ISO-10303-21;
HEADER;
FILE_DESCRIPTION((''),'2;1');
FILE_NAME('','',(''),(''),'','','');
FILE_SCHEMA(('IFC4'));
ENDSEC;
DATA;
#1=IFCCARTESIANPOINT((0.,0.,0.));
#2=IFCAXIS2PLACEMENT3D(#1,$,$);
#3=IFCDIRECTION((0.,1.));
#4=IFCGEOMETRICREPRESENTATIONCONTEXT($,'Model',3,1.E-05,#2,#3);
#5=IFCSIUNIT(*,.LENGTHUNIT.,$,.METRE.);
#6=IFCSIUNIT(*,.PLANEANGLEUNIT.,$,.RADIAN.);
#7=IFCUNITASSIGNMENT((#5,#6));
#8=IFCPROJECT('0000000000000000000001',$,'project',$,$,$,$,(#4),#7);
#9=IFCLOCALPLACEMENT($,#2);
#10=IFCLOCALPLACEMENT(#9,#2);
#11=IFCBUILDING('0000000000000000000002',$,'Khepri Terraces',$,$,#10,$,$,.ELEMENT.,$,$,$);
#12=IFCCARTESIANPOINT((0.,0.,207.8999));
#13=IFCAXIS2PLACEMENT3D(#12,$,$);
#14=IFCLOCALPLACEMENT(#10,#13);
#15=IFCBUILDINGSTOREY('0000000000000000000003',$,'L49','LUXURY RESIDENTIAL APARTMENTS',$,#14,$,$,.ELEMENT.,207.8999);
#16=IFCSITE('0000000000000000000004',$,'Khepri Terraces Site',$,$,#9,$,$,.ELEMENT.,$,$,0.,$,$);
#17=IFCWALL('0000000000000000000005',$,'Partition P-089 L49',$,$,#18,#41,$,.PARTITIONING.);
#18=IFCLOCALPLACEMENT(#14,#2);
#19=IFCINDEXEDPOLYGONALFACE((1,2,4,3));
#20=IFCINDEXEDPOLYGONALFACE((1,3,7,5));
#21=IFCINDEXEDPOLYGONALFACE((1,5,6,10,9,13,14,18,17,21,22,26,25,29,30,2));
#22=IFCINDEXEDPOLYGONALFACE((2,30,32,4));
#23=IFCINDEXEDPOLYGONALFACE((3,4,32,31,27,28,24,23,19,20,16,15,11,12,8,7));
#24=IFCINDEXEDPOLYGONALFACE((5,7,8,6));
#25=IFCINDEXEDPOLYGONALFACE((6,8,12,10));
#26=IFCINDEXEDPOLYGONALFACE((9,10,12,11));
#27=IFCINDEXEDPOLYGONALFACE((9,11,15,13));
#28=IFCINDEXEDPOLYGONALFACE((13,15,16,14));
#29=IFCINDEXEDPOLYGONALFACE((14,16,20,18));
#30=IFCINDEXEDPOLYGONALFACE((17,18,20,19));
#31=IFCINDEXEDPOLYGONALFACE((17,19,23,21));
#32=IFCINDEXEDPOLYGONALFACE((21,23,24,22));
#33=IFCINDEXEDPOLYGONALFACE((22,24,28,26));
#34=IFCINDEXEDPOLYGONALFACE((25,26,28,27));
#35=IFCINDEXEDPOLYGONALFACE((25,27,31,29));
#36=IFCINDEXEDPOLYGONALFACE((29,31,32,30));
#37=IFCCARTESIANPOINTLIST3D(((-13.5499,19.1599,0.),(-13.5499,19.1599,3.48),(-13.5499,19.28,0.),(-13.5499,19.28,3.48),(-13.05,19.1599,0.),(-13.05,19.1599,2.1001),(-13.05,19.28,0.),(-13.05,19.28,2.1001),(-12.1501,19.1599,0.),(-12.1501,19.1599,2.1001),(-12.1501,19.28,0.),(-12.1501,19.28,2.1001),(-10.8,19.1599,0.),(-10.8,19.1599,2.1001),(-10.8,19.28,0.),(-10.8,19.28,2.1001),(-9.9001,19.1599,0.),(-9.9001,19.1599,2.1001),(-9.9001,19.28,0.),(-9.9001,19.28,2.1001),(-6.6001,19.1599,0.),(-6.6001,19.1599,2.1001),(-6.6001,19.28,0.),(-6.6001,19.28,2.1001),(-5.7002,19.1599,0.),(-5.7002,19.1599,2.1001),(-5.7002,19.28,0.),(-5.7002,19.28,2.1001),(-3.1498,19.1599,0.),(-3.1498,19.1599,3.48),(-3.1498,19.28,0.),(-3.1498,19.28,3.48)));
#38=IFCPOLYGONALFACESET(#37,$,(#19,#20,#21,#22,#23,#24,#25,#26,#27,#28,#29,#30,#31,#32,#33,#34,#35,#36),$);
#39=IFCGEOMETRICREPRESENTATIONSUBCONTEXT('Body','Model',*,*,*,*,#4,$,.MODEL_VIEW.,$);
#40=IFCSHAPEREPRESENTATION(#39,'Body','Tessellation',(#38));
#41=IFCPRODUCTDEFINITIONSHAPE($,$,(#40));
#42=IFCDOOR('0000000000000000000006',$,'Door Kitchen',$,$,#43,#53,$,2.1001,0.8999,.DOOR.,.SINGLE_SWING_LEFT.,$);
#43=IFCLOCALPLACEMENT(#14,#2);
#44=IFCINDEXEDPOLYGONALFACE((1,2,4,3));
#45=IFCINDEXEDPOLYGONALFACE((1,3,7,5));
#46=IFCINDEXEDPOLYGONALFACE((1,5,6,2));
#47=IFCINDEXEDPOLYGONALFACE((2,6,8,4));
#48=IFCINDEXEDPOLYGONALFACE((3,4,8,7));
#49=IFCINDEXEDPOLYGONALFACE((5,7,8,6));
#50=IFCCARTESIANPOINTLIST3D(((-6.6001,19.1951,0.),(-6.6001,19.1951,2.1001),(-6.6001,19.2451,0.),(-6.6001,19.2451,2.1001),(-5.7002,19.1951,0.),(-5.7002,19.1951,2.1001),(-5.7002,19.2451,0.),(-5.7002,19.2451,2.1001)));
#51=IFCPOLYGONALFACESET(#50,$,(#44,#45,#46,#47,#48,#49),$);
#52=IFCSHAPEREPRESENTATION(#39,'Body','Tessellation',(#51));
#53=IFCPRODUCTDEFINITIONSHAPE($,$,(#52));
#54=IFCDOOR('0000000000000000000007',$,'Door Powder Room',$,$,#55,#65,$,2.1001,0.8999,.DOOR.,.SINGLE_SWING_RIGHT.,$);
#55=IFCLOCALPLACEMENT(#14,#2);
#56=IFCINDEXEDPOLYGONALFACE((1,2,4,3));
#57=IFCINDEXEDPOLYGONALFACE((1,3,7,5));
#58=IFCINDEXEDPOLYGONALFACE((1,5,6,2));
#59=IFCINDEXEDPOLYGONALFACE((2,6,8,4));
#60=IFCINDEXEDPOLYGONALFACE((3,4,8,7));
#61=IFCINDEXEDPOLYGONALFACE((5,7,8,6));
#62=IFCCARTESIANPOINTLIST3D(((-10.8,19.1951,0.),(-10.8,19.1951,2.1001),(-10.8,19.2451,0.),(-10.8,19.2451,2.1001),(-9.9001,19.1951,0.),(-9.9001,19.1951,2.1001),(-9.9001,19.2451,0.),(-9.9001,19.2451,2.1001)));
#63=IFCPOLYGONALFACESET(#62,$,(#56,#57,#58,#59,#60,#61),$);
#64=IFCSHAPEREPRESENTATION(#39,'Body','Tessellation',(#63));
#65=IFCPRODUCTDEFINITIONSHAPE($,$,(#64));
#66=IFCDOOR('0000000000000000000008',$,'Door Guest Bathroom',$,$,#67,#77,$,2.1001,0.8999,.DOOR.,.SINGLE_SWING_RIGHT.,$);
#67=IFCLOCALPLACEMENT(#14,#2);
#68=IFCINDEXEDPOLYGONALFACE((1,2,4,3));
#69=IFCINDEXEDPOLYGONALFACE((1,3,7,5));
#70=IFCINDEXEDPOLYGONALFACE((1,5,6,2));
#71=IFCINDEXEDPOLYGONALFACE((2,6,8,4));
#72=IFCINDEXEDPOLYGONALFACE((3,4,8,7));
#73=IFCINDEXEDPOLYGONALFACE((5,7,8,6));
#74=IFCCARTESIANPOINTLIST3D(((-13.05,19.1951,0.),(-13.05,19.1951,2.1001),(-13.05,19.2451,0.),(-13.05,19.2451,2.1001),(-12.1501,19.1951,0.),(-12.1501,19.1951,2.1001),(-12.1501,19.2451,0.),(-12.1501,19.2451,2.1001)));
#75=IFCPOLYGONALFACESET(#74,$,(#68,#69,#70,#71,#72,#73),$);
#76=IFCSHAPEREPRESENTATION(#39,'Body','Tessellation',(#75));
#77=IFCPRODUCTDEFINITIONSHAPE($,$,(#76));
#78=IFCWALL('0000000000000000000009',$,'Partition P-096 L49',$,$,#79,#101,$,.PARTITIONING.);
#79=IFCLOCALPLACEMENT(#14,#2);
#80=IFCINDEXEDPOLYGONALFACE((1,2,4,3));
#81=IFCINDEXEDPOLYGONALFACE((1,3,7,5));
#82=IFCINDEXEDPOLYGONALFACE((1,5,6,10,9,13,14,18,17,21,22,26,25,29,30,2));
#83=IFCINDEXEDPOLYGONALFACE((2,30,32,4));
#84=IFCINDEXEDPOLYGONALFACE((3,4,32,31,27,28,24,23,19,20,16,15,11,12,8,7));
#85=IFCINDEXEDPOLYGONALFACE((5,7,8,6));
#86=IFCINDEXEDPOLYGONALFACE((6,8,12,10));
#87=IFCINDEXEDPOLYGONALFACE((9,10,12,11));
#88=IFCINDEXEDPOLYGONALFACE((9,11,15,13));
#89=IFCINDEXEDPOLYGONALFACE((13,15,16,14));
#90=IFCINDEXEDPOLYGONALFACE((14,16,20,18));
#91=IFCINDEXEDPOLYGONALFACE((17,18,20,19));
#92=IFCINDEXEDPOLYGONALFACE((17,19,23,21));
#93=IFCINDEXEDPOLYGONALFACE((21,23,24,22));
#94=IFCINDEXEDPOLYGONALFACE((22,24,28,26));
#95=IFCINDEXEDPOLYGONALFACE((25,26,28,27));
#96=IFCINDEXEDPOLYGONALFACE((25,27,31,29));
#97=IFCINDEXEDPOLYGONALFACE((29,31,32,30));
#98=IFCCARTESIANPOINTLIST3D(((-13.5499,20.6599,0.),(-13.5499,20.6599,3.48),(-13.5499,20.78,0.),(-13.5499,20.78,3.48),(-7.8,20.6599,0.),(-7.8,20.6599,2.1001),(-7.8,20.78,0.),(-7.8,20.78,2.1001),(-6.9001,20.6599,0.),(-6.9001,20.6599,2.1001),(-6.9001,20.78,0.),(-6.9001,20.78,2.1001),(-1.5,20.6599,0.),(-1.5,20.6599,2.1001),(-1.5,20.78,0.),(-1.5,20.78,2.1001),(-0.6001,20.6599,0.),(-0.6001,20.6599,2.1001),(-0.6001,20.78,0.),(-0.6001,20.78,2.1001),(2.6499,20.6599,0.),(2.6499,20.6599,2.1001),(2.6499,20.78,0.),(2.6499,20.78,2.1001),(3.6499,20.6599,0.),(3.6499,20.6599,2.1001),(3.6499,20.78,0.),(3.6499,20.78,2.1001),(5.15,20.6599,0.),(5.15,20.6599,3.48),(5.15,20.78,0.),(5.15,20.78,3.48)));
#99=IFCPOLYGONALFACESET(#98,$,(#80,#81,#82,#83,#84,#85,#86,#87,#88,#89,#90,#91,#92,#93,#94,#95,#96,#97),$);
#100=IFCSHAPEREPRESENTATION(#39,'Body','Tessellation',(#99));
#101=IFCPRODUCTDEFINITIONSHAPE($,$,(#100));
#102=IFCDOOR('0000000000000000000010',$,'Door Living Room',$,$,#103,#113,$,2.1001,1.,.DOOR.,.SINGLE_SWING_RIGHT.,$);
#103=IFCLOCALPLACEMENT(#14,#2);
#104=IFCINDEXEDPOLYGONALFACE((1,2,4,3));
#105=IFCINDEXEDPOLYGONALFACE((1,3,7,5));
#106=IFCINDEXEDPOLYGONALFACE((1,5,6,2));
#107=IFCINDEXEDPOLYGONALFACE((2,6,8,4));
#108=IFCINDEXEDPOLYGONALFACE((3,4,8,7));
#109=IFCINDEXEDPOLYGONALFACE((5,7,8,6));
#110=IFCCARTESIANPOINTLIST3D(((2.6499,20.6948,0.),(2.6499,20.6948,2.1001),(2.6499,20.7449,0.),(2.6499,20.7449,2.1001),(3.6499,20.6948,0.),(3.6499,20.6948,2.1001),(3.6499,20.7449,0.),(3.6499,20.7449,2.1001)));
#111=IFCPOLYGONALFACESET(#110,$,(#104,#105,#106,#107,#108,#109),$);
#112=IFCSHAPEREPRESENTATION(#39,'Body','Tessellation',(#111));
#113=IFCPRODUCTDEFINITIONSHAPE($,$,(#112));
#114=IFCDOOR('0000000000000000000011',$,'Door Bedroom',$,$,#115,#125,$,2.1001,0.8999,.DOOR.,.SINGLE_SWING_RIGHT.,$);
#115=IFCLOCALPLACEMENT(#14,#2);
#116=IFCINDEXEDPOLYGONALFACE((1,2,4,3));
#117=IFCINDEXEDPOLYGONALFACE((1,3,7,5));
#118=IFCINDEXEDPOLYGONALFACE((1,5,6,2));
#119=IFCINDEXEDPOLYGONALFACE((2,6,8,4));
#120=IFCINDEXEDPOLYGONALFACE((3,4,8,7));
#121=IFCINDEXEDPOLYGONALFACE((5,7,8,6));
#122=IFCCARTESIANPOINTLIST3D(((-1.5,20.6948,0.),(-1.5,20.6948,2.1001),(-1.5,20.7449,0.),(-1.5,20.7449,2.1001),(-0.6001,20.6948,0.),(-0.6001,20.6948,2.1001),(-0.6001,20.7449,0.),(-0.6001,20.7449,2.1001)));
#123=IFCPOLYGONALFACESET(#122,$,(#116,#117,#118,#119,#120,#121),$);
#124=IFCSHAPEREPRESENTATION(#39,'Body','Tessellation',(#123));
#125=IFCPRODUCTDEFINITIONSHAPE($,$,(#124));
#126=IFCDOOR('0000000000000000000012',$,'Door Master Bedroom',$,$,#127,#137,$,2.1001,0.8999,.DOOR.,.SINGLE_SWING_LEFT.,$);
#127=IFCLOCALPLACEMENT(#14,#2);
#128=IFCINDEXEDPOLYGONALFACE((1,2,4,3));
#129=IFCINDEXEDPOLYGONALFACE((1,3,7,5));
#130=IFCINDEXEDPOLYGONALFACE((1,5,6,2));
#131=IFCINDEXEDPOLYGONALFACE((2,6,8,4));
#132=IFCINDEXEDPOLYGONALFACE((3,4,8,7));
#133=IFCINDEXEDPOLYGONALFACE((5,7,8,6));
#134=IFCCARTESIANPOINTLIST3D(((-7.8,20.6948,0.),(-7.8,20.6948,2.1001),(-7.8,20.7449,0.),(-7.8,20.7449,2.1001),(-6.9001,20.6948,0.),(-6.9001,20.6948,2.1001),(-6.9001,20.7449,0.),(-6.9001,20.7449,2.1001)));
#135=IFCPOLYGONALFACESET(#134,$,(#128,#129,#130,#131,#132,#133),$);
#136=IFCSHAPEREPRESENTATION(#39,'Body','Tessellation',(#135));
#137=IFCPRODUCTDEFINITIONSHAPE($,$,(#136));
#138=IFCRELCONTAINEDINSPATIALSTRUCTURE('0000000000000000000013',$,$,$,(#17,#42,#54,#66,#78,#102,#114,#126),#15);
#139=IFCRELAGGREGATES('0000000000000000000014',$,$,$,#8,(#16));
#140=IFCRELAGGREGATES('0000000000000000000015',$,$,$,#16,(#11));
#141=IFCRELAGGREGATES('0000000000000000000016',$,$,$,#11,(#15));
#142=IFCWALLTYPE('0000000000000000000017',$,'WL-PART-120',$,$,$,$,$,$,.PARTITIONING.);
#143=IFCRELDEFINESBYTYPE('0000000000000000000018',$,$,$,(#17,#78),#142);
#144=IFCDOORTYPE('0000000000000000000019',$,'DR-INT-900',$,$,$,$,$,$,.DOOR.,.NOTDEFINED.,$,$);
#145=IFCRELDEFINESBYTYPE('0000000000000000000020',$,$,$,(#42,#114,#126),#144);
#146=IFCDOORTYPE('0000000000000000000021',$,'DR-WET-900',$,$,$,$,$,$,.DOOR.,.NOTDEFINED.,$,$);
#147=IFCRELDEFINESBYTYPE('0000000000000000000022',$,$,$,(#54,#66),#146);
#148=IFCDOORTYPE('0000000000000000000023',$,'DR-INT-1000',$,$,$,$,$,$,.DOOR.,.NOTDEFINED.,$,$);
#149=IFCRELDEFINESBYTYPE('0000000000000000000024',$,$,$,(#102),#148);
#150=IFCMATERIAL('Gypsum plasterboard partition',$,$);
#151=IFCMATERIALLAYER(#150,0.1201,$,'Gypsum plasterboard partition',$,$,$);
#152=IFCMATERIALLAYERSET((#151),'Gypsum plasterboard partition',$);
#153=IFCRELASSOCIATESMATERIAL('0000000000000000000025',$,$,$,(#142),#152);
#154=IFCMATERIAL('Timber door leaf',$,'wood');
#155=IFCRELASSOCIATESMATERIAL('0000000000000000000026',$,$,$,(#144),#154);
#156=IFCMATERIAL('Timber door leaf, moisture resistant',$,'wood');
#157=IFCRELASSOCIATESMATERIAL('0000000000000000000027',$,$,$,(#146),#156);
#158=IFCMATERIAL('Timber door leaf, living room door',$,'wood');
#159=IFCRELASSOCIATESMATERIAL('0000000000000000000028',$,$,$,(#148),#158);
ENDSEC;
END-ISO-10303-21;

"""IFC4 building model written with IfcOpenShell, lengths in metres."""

from ifc_helpers import new_model, si_unit, direction, frame, frame_2d, origin, place, context, subcontext, project, spatial, rectangle, extrude, material, layer, layer_set, type_object, element, fill, save


model = new_model("IFC4")

# Units and contexts
model_context = context("Model", 3, precision=1e-05, world=origin(), true_north=direction((0.0, 1.0)))
body_context = subcontext(model_context, "Body", "Model", "MODEL_VIEW")
ifc_project = project(units=[si_unit("LENGTHUNIT", "METRE"), si_unit("PLANEANGLEUNIT", "RADIAN")], contexts=[model_context])

# Site, building, storey
site_placement = place(None, origin())
site = spatial("IfcSite", under=ifc_project, at=site_placement, Name="Khepri Terraces Site", CompositionType="ELEMENT", RefElevation=0.0)
building_placement = place(site_placement, origin())
building = spatial("IfcBuilding", under=site, at=building_placement, Name="Khepri Terraces", CompositionType="ELEMENT")
storey_placement = place(building_placement, frame((0.0, 0.0, 207.8999)))
storey = spatial("IfcBuildingStorey", under=building, at=storey_placement, Name="L49", Description="LUXURY RESIDENTIAL APARTMENTS", CompositionType="ELEMENT", Elevation=207.8999)

# Shared definitions
ifc_material_1 = material(Name="Gypsum plasterboard partition")
ifc_layer_1 = layer(ifc_material_1, 0.1201, Name="Gypsum plasterboard partition")
ifc_layer_set_1 = layer_set([ifc_layer_1], Name="Gypsum plasterboard partition")
wall_type_1 = type_object("IfcWallType", Name="WL-PART-120", PredefinedType="PARTITIONING", material=ifc_layer_set_1)

# Shared definitions
ifc_material_2 = material(Name="Timber door leaf", Category="wood")
door_type_1 = type_object("IfcDoorType", Name="DR-INT-900", OperationType="NOTDEFINED", PredefinedType="DOOR", material=ifc_material_2)

# Walls, openings, doors
wall_1_placement = place(storey_placement, frame((-13.55, 19.22, 0.0), z_axis=(0.0, 0.0, 1.0), x_axis=(1.0, 0.0, 0.0)))
wall_1 = element("IfcWall", 1, at=wall_1_placement, inside=storey, type_object=wall_type_1, Name="Partition P-089 L49", PredefinedType="PARTITIONING", context=body_context, shape_type="SweptSolid", body=[
    extrude(rectangle(XDim=10.4001, YDim=0.1201, at=frame_2d((5.2002, 0.0))), origin(), (0.0, 0.0, 1.0), 3.48),
])
opening_1_placement = place(wall_1_placement, frame((6.95, 0.0, 0.0)))
opening_1 = element("IfcOpeningElement", 2, at=opening_1_placement, cuts=wall_1, PredefinedType="OPENING", context=body_context, shape_type="SweptSolid", body=[
    extrude(rectangle(XDim=0.8999, YDim=2.1001, at=frame_2d((0.45, 1.05))), frame((0.0, 0.0701, 0.0), z_axis=(0.0, -1.0, 0.0), x_axis=(1.0, 0.0, 0.0)), (0.0, 0.0, 1.0), 0.1401),
])
opening_2_placement = place(wall_1_placement, frame((2.75, 0.0, 0.0)))
opening_2 = element("IfcOpeningElement", 3, at=opening_2_placement, cuts=wall_1, PredefinedType="OPENING", context=body_context, shape_type="SweptSolid", body=[
    extrude(rectangle(XDim=0.8999, YDim=2.1001, at=frame_2d((0.45, 1.05))), frame((0.0, 0.0701, 0.0), z_axis=(0.0, -1.0, 0.0), x_axis=(1.0, 0.0, 0.0)), (0.0, 0.0, 1.0), 0.1401),
])
opening_3_placement = place(wall_1_placement, frame((0.5, 0.0, 0.0)))
opening_3 = element("IfcOpeningElement", 4, at=opening_3_placement, cuts=wall_1, PredefinedType="OPENING", context=body_context, shape_type="SweptSolid", body=[
    extrude(rectangle(XDim=0.8999, YDim=2.1001, at=frame_2d((0.45, 1.05))), frame((0.0, 0.0701, 0.0), z_axis=(0.0, -1.0, 0.0), x_axis=(1.0, 0.0, 0.0)), (0.0, 0.0, 1.0), 0.1401),
])
door_1_placement = place(opening_1_placement, frame((0.8999, 0.0, 0.0), z_axis=(0.0, 0.0, 1.0), x_axis=(-1.0, 0.0, 0.0)))
door_1 = element("IfcDoor", 5, at=door_1_placement, inside=storey, type_object=door_type_1, Name="Door Kitchen", OperationType="SINGLE_SWING_LEFT", OverallHeight=2.1001, OverallWidth=0.8999, PredefinedType="DOOR", context=body_context, shape_type="SweptSolid", body=[
    extrude(rectangle(XDim=0.8999, YDim=2.1001, at=frame_2d((0.45, 1.05))), frame((0.0, 0.0249, 0.0), z_axis=(0.0, -1.0, 0.0), x_axis=(1.0, 0.0, 0.0)), (0.0, 0.0, 1.0), 0.05),
])
fill(opening_1, door_1)
ifc_material_3 = material(Name="Timber door leaf, moisture resistant", Category="wood")
door_type_2 = type_object("IfcDoorType", Name="DR-WET-900", OperationType="NOTDEFINED", PredefinedType="DOOR", material=ifc_material_3)
door_2_placement = place(opening_2_placement, frame((0.8999, 0.0, 0.0), z_axis=(0.0, 0.0, 1.0), x_axis=(-1.0, 0.0, 0.0)))
door_2 = element("IfcDoor", 6, at=door_2_placement, inside=storey, type_object=door_type_2, Name="Door Powder Room", OperationType="SINGLE_SWING_RIGHT", OverallHeight=2.1001, OverallWidth=0.8999, PredefinedType="DOOR", context=body_context, shape_type="SweptSolid", body=[
    extrude(rectangle(XDim=0.8999, YDim=2.1001, at=frame_2d((0.45, 1.05))), frame((0.0, 0.0249, 0.0), z_axis=(0.0, -1.0, 0.0), x_axis=(1.0, 0.0, 0.0)), (0.0, 0.0, 1.0), 0.05),
])
fill(opening_2, door_2)
door_3_placement = place(opening_3_placement, frame((0.8999, 0.0, 0.0), z_axis=(0.0, 0.0, 1.0), x_axis=(-1.0, 0.0, 0.0)))
door_3 = element("IfcDoor", 7, at=door_3_placement, inside=storey, type_object=door_type_2, Name="Door Guest Bathroom", OperationType="SINGLE_SWING_RIGHT", OverallHeight=2.1001, OverallWidth=0.8999, PredefinedType="DOOR", context=body_context, shape_type="SweptSolid", body=[
    extrude(rectangle(XDim=0.8999, YDim=2.1001, at=frame_2d((0.45, 1.05))), frame((0.0, 0.0249, 0.0), z_axis=(0.0, -1.0, 0.0), x_axis=(1.0, 0.0, 0.0)), (0.0, 0.0, 1.0), 0.05),
])
fill(opening_3, door_3)
wall_2_placement = place(storey_placement, frame((-13.55, 20.72, 0.0), z_axis=(0.0, 0.0, 1.0), x_axis=(1.0, 0.0, 0.0)))
wall_2 = element("IfcWall", 8, at=wall_2_placement, inside=storey, type_object=wall_type_1, Name="Partition P-096 L49", PredefinedType="PARTITIONING", context=body_context, shape_type="SweptSolid", body=[
    extrude(rectangle(XDim=18.7, YDim=0.1201, at=frame_2d((9.3501, 0.0))), origin(), (0.0, 0.0, 1.0), 3.48),
])
opening_4_placement = place(wall_2_placement, frame((16.2, 0.0, 0.0)))
opening_4 = element("IfcOpeningElement", 9, at=opening_4_placement, cuts=wall_2, PredefinedType="OPENING", context=body_context, shape_type="SweptSolid", body=[
    extrude(rectangle(XDim=1.0, YDim=2.1001, at=frame_2d((0.5, 1.05))), frame((0.0, 0.0701, 0.0), z_axis=(0.0, -1.0, 0.0), x_axis=(1.0, 0.0, 0.0)), (0.0, 0.0, 1.0), 0.1401),
])
opening_5_placement = place(wall_2_placement, frame((12.05, 0.0, 0.0)))
opening_5 = element("IfcOpeningElement", 10, at=opening_5_placement, cuts=wall_2, PredefinedType="OPENING", context=body_context, shape_type="SweptSolid", body=[
    extrude(rectangle(XDim=0.8999, YDim=2.1001, at=frame_2d((0.45, 1.05))), frame((0.0, 0.0701, 0.0), z_axis=(0.0, -1.0, 0.0), x_axis=(1.0, 0.0, 0.0)), (0.0, 0.0, 1.0), 0.1401),
])
opening_6_placement = place(wall_2_placement, frame((5.75, 0.0, 0.0)))
opening_6 = element("IfcOpeningElement", 11, at=opening_6_placement, cuts=wall_2, PredefinedType="OPENING", context=body_context, shape_type="SweptSolid", body=[
    extrude(rectangle(XDim=0.8999, YDim=2.1001, at=frame_2d((0.45, 1.05))), frame((0.0, 0.0701, 0.0), z_axis=(0.0, -1.0, 0.0), x_axis=(1.0, 0.0, 0.0)), (0.0, 0.0, 1.0), 0.1401),
])
ifc_material_4 = material(Name="Timber door leaf, living room door", Category="wood")
door_type_3 = type_object("IfcDoorType", Name="DR-INT-1000", OperationType="NOTDEFINED", PredefinedType="DOOR", material=ifc_material_4)
door_4_placement = place(opening_4_placement, origin())
door_4 = element("IfcDoor", 12, at=door_4_placement, inside=storey, type_object=door_type_3, Name="Door Living Room", OperationType="SINGLE_SWING_RIGHT", OverallHeight=2.1001, OverallWidth=1.0, PredefinedType="DOOR", context=body_context, shape_type="SweptSolid", body=[
    extrude(rectangle(XDim=1.0, YDim=2.1001, at=frame_2d((0.5, 1.05))), frame((0.0, 0.0249, 0.0), z_axis=(0.0, -1.0, 0.0), x_axis=(1.0, 0.0, 0.0)), (0.0, 0.0, 1.0), 0.05),
])
fill(opening_4, door_4)
door_5_placement = place(opening_5_placement, origin())
door_5 = element("IfcDoor", 13, at=door_5_placement, inside=storey, type_object=door_type_1, Name="Door Bedroom", OperationType="SINGLE_SWING_RIGHT", OverallHeight=2.1001, OverallWidth=0.8999, PredefinedType="DOOR", context=body_context, shape_type="SweptSolid", body=[
    extrude(rectangle(XDim=0.8999, YDim=2.1001, at=frame_2d((0.45, 1.05))), frame((0.0, 0.0249, 0.0), z_axis=(0.0, -1.0, 0.0), x_axis=(1.0, 0.0, 0.0)), (0.0, 0.0, 1.0), 0.05),
])
fill(opening_5, door_5)
door_6_placement = place(opening_6_placement, origin())
door_6 = element("IfcDoor", 14, at=door_6_placement, inside=storey, type_object=door_type_1, Name="Door Master Bedroom", OperationType="SINGLE_SWING_LEFT", OverallHeight=2.1001, OverallWidth=0.8999, PredefinedType="DOOR", context=body_context, shape_type="SweptSolid", body=[
    extrude(rectangle(XDim=0.8999, YDim=2.1001, at=frame_2d((0.45, 1.05))), frame((0.0, 0.0249, 0.0), z_axis=(0.0, -1.0, 0.0), x_axis=(1.0, 0.0, 0.0)), (0.0, 0.0, 1.0), 0.05),
])
fill(opening_6, door_6)

save(model, "model.ifc")
